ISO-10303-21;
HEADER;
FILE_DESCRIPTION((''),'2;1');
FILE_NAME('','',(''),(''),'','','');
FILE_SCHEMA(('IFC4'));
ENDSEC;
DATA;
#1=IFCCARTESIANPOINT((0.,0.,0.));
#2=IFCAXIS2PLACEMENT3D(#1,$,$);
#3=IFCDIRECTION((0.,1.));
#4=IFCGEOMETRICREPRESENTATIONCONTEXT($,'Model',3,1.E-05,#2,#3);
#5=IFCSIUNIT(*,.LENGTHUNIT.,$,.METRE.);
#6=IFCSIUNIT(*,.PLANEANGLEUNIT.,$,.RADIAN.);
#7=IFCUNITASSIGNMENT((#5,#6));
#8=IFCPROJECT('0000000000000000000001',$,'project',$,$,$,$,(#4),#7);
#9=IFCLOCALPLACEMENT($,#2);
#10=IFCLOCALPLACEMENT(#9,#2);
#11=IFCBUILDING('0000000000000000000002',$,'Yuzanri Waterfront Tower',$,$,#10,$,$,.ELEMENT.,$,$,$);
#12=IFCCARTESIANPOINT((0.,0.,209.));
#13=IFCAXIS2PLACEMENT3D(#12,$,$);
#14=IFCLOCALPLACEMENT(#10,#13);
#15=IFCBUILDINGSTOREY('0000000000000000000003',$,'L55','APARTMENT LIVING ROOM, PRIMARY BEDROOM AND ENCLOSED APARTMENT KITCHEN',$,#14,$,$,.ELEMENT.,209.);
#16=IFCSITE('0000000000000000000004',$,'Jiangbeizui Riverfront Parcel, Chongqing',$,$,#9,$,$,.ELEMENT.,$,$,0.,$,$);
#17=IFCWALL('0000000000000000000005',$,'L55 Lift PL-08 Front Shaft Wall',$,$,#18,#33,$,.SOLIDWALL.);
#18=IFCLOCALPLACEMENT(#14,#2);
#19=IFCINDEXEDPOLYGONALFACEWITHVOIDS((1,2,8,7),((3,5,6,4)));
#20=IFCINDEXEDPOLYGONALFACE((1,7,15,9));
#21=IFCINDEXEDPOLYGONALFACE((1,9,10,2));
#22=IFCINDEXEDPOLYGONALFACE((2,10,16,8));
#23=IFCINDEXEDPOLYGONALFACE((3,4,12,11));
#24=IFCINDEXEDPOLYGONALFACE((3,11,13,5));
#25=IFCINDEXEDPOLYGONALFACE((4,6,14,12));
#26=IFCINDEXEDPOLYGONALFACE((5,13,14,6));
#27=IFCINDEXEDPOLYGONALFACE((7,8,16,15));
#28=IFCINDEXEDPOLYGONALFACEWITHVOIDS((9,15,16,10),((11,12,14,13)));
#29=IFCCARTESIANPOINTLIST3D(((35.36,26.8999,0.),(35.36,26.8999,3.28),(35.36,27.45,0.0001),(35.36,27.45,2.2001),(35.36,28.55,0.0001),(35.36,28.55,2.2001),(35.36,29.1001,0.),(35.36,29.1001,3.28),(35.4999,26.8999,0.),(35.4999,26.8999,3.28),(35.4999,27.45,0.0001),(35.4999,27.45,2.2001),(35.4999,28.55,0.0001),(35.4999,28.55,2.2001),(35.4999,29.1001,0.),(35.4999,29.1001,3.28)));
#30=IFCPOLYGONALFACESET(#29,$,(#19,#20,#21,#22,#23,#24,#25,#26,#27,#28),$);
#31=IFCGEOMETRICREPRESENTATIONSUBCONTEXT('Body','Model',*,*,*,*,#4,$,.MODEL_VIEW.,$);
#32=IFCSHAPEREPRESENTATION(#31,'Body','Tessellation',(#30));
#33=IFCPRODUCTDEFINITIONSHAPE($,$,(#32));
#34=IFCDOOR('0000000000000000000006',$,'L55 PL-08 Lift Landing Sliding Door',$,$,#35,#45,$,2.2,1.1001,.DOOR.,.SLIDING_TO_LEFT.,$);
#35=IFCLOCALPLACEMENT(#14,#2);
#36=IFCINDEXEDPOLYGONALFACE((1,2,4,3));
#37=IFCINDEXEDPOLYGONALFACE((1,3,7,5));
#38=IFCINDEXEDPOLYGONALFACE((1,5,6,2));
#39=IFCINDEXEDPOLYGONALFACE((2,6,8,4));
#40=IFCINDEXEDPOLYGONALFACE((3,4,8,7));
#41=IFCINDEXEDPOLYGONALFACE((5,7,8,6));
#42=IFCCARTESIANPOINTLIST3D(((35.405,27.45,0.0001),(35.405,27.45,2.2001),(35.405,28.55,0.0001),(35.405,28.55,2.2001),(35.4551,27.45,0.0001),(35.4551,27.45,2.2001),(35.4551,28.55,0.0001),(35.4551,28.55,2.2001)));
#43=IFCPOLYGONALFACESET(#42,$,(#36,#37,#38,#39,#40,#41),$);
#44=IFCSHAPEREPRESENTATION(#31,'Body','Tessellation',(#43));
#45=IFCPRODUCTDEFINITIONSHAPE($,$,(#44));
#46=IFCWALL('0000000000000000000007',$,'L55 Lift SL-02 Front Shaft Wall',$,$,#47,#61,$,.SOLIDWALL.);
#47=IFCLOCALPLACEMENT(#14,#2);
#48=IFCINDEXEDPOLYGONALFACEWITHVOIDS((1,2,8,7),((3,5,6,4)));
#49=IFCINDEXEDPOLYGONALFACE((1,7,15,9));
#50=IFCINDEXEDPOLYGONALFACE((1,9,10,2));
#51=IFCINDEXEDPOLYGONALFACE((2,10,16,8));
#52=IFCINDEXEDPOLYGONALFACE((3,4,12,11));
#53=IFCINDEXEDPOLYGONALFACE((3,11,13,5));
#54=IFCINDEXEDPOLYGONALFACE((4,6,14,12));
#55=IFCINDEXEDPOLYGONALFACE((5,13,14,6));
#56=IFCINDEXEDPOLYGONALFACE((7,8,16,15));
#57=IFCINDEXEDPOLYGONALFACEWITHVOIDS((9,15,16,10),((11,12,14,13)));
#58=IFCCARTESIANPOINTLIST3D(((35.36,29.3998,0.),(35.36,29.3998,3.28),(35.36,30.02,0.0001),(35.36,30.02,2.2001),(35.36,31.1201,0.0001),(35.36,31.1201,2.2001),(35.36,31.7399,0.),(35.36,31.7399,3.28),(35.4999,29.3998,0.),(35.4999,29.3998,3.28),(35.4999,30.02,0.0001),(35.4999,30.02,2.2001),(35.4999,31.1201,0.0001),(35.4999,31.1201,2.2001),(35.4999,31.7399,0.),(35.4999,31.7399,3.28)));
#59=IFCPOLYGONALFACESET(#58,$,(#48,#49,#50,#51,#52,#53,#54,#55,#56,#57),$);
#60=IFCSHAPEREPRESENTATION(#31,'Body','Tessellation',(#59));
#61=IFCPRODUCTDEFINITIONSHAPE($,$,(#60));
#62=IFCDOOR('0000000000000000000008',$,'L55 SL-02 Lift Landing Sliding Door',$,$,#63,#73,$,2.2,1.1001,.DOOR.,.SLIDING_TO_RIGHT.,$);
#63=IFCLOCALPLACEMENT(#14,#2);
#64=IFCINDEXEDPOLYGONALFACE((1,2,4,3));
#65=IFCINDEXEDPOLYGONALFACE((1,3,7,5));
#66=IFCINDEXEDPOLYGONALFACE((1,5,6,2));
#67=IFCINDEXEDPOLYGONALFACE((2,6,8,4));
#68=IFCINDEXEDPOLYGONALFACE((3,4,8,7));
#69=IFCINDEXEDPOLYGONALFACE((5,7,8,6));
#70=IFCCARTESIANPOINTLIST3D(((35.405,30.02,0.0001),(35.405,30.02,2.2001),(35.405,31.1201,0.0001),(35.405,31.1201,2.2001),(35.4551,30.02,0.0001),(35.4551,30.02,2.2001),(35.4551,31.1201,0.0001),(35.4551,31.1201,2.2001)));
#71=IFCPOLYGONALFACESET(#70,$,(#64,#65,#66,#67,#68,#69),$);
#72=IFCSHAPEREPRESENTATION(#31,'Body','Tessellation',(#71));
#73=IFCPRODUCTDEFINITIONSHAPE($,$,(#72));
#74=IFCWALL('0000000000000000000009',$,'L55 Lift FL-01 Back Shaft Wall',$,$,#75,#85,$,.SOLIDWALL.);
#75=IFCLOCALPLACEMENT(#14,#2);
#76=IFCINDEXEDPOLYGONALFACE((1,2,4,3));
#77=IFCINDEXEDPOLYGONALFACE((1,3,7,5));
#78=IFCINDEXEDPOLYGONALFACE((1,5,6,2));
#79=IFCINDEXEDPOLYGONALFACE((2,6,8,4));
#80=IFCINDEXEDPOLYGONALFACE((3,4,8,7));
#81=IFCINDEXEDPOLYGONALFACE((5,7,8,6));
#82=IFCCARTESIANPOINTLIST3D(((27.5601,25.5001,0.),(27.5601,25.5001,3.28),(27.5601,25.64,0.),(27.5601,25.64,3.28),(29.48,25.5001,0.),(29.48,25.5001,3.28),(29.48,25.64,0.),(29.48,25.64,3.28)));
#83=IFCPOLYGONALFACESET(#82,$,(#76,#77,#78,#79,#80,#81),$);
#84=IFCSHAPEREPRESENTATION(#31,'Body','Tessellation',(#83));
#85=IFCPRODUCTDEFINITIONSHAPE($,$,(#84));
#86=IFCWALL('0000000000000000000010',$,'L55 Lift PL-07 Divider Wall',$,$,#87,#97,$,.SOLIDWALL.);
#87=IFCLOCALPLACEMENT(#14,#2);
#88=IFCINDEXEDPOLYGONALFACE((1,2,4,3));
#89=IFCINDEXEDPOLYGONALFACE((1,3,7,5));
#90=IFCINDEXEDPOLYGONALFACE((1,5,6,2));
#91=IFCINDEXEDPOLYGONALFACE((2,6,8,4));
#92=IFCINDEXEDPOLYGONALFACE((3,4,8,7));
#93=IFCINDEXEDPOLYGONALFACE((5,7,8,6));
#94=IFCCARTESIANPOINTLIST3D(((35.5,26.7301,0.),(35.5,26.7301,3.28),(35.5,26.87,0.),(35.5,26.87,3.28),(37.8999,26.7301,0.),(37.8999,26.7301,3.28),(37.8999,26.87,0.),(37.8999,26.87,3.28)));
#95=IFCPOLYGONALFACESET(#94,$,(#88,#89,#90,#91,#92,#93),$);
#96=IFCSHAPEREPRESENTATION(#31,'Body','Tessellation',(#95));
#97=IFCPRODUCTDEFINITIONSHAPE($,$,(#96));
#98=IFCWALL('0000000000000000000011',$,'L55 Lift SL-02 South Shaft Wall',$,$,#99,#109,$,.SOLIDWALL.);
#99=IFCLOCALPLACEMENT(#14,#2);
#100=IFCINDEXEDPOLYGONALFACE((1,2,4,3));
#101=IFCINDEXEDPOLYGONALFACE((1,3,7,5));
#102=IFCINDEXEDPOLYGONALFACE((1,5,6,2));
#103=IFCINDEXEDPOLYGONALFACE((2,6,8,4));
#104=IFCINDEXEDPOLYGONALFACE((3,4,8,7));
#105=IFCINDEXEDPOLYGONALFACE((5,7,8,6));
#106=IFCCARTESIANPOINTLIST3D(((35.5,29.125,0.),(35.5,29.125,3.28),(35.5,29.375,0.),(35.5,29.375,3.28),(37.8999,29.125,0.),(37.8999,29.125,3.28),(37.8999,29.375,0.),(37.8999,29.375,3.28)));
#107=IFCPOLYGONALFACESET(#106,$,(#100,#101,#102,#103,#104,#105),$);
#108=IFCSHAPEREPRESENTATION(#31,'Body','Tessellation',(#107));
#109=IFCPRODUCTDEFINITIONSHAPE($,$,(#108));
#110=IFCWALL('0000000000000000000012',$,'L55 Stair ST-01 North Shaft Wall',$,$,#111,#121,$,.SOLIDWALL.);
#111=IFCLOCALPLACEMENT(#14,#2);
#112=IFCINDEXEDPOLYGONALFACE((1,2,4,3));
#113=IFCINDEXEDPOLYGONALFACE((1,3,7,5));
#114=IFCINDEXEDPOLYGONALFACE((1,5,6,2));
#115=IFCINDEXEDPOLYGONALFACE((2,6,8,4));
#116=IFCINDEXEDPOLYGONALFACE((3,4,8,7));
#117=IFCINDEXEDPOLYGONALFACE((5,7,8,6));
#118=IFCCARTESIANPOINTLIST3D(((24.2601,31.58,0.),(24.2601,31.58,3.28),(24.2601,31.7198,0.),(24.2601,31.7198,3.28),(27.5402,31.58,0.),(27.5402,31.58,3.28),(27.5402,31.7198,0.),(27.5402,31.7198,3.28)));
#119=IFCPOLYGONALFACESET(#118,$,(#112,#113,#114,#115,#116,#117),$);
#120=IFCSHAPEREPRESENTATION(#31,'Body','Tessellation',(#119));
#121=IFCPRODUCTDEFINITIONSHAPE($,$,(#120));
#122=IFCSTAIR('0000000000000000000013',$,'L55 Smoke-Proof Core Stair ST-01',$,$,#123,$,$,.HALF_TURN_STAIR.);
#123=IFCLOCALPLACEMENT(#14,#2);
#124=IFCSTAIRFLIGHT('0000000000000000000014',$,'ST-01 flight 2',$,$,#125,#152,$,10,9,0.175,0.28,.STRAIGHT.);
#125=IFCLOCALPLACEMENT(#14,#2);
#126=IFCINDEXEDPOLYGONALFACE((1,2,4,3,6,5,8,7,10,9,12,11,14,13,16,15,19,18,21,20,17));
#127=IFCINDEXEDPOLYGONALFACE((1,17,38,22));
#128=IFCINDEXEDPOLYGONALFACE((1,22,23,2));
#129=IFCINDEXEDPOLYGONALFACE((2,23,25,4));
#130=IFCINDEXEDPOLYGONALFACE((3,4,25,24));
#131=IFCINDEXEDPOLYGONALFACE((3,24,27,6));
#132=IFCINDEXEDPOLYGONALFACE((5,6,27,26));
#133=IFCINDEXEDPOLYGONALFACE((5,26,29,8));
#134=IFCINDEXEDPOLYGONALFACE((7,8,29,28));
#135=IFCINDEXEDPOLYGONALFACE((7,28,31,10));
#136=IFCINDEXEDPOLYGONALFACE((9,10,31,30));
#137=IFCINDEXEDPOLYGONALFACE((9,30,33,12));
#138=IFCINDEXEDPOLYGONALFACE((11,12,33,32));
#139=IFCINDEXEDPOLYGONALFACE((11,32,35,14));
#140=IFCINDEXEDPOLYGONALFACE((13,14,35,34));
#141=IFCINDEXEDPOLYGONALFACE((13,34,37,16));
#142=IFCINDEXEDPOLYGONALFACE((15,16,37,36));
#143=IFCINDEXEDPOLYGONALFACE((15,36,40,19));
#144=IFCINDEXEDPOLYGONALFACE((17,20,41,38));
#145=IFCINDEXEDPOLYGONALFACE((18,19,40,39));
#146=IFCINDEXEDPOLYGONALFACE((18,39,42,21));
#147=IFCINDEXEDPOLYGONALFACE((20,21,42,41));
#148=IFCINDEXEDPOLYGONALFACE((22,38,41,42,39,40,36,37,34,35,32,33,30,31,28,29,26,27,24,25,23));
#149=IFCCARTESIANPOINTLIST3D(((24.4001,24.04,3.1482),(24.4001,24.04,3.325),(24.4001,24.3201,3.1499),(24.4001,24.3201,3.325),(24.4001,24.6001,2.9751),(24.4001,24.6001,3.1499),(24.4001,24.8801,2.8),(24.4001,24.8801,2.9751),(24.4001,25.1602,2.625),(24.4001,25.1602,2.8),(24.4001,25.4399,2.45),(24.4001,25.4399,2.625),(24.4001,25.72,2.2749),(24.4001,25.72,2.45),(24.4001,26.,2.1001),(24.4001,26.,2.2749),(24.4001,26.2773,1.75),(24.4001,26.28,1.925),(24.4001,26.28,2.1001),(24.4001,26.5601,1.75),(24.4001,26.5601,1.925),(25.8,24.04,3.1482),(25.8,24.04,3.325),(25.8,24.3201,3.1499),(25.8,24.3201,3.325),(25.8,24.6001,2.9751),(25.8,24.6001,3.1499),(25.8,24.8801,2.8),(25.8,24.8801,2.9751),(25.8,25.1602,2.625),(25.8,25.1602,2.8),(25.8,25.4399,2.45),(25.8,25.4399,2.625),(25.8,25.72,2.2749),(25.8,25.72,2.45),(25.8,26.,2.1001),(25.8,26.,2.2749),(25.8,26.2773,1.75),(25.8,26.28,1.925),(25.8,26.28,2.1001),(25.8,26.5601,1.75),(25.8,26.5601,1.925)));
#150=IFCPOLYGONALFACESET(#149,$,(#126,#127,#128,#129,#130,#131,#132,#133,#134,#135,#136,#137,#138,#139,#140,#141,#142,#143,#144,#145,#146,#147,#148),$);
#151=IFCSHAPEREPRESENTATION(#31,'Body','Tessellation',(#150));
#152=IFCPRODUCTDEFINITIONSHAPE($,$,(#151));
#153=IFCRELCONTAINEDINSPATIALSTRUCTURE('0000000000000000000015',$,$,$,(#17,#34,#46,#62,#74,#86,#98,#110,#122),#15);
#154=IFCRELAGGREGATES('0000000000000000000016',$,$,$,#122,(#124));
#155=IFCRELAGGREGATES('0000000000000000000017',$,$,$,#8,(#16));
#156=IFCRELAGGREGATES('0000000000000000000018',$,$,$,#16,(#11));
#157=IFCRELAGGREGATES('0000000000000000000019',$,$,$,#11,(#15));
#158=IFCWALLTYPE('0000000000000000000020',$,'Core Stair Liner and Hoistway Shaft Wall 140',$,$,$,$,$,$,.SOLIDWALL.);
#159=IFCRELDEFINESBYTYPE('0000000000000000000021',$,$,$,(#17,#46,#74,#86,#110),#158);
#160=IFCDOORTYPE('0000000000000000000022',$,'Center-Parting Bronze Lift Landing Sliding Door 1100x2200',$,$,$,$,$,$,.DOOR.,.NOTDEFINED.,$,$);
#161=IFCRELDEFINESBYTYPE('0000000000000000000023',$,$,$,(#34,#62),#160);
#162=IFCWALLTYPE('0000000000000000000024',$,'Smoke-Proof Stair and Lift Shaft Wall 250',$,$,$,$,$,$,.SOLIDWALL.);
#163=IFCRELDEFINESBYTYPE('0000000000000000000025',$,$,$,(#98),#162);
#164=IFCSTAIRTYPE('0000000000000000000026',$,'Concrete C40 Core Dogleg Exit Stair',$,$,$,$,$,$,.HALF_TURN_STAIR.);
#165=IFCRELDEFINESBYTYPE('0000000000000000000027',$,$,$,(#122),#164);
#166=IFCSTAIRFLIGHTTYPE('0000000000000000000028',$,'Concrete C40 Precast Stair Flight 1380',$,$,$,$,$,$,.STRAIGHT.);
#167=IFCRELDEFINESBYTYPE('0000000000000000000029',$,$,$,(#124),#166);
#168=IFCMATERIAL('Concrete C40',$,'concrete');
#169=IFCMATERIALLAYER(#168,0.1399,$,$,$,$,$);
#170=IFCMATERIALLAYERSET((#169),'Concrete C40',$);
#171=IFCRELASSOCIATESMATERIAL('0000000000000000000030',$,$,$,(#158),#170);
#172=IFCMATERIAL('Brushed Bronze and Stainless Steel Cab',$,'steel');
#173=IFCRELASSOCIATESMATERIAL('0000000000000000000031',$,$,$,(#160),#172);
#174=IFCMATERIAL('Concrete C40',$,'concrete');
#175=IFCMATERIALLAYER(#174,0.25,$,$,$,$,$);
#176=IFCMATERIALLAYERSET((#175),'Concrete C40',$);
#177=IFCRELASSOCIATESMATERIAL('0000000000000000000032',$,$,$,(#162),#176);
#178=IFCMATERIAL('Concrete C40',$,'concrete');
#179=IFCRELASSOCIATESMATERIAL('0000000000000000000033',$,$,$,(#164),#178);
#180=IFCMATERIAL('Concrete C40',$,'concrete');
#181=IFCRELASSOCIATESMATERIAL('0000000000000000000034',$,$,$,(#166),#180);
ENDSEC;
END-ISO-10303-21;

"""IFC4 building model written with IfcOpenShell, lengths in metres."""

from ifc_helpers import new_model, si_unit, direction, frame, frame_2d, origin, place, context, subcontext, project, spatial, polyline, rectangle, outline, extrude, source, transform, mapped, material, layer, layer_set, type_object, element, fill, aggregate, save


model = new_model("IFC4")

# Units and contexts
model_context = context("Model", 3, precision=1e-05, world=origin(), true_north=direction((0.0, 1.0)))
body_context = subcontext(model_context, "Body", "Model", "MODEL_VIEW")
ifc_project = project(units=[si_unit("LENGTHUNIT", "METRE"), si_unit("PLANEANGLEUNIT", "RADIAN")], contexts=[model_context])

# Site, building, storey
site_placement = place(None, origin())
site = spatial("IfcSite", under=ifc_project, at=site_placement, Name="Jiangbeizui Riverfront Parcel, Chongqing", CompositionType="ELEMENT", RefElevation=0.0)
building_placement = place(site_placement, origin())
building = spatial("IfcBuilding", under=site, at=building_placement, Name="Yuzanri Waterfront Tower", CompositionType="ELEMENT")
storey_placement = place(building_placement, frame((0.0, 0.0, 209.0)))
storey = spatial("IfcBuildingStorey", under=building, at=storey_placement, Name="L55", Description="APARTMENT LIVING ROOM, PRIMARY BEDROOM AND ENCLOSED APARTMENT KITCHEN", CompositionType="ELEMENT", Elevation=209.0)

# Walls, openings, doors
ifc_material_1 = material(Name="Concrete C40", Category="concrete")
ifc_layer_1 = layer(ifc_material_1, 0.1399)
ifc_layer_set_1 = layer_set([ifc_layer_1], Name="Concrete C40")
wall_type_1 = type_object("IfcWallType", Name="Core Stair Liner and Hoistway Shaft Wall 140", PredefinedType="SOLIDWALL", material=ifc_layer_set_1)
wall_1_placement = place(storey_placement, frame((35.4299, 26.8999, 0.0), z_axis=(0.0, 0.0, 1.0), x_axis=(0.0, 1.0, 0.0)))
wall_1 = element("IfcWall", 1, at=wall_1_placement, inside=storey, type_object=wall_type_1, Name="L55 Lift PL-08 Front Shaft Wall", PredefinedType="SOLIDWALL", context=body_context, shape_type="SweptSolid", body=[
    extrude(rectangle(XDim=2.2002, YDim=0.1399, at=frame_2d((1.1001, 0.0))), origin(), (0.0, 0.0, 1.0), 3.28),
])
opening_1_placement = place(wall_1_placement, frame((0.55, 0.0, 0.0)))
opening_1 = element("IfcOpeningElement", 2, at=opening_1_placement, cuts=wall_1, PredefinedType="OPENING", context=body_context, shape_type="SweptSolid", body=[
    extrude(rectangle(XDim=1.1001, YDim=2.2, at=frame_2d((0.55, 1.1001))), frame((0.0, 0.085, 0.0), z_axis=(0.0, -1.0, 0.0), x_axis=(1.0, 0.0, 0.0)), (0.0, 0.0, 1.0), 0.1697),
])
ifc_material_2 = material(Name="Brushed Bronze and Stainless Steel Cab", Category="steel")
door_type_1 = type_object("IfcDoorType", Name="Center-Parting Bronze Lift Landing Sliding Door 1100x2200", OperationType="NOTDEFINED", PredefinedType="DOOR", material=ifc_material_2)
shared_shape_1 = source(origin(), body_context, "Body", "SweptSolid", [
    extrude(rectangle(XDim=1.1001, YDim=2.2, at=frame_2d((0.55, 1.1001))), frame((0.0, 0.0249, 0.0), z_axis=(0.0, -1.0, 0.0), x_axis=(1.0, 0.0, 0.0)), (0.0, 0.0, 1.0), 0.05),
])
door_1_placement = place(opening_1_placement, origin())
door_1 = element("IfcDoor", 3, at=door_1_placement, inside=storey, type_object=door_type_1, Name="L55 PL-08 Lift Landing Sliding Door", OperationType="SLIDING_TO_LEFT", OverallHeight=2.2, OverallWidth=1.1001, PredefinedType="DOOR", context=body_context, shape_type="MappedRepresentation", body=[
    mapped(shared_shape_1, transform((0.0, 0.0, 0.0), scale=1.0)),
])
fill(opening_1, door_1)
wall_2_placement = place(storey_placement, frame((35.4299, 29.3999, 0.0), z_axis=(0.0, 0.0, 1.0), x_axis=(0.0, 1.0, 0.0)))
wall_2 = element("IfcWall", 4, at=wall_2_placement, inside=storey, type_object=wall_type_1, Name="L55 Lift SL-02 Front Shaft Wall", PredefinedType="SOLIDWALL", context=body_context, shape_type="SweptSolid", body=[
    extrude(rectangle(XDim=2.3401, YDim=0.1399, at=frame_2d((1.1699, 0.0))), origin(), (0.0, 0.0, 1.0), 3.28),
])
opening_2_placement = place(wall_2_placement, frame((0.6201, 0.0, 0.0)))
opening_2 = element("IfcOpeningElement", 5, at=opening_2_placement, cuts=wall_2, PredefinedType="OPENING", context=body_context, shape_type="SweptSolid", body=[
    extrude(rectangle(XDim=1.1001, YDim=2.2, at=frame_2d((0.55, 1.1001))), frame((0.0, 0.085, 0.0), z_axis=(0.0, -1.0, 0.0), x_axis=(1.0, 0.0, 0.0)), (0.0, 0.0, 1.0), 0.1697),
])
door_2_placement = place(opening_2_placement, origin())
door_2 = element("IfcDoor", 6, at=door_2_placement, inside=storey, type_object=door_type_1, Name="L55 SL-02 Lift Landing Sliding Door", OperationType="SLIDING_TO_RIGHT", OverallHeight=2.2, OverallWidth=1.1001, PredefinedType="DOOR", context=body_context, shape_type="MappedRepresentation", body=[
    mapped(shared_shape_1, transform((0.0, 0.0, 0.0), scale=1.0)),
])
fill(opening_2, door_2)

# Walls
shared_shape_2 = source(origin(), body_context, "Body", "SweptSolid", [
    extrude(rectangle(XDim=1.9199, YDim=0.1399, at=frame_2d((0.96, 0.0))), origin(), (0.0, 0.0, 1.0), 3.28),
])
wall_3_placement = place(storey_placement, frame((27.5601, 25.5701, 0.0), z_axis=(0.0, 0.0, 1.0), x_axis=(1.0, 0.0, 0.0)))
element("IfcWall", 7, at=wall_3_placement, inside=storey, type_object=wall_type_1, Name="L55 Lift FL-01 Back Shaft Wall", PredefinedType="SOLIDWALL", context=body_context, shape_type="MappedRepresentation", body=[
    mapped(shared_shape_2, transform((0.0, 0.0, 0.0), scale=1.0)),
])
shared_shape_3 = source(origin(), body_context, "Body", "SweptSolid", [
    extrude(rectangle(XDim=2.3999, YDim=0.1399, at=frame_2d((1.2, 0.0))), origin(), (0.0, 0.0, 1.0), 3.28),
])
wall_4_placement = place(storey_placement, frame((35.5, 26.8, 0.0), z_axis=(0.0, 0.0, 1.0), x_axis=(1.0, 0.0, 0.0)))
element("IfcWall", 8, at=wall_4_placement, inside=storey, type_object=wall_type_1, Name="L55 Lift PL-07 Divider Wall", PredefinedType="SOLIDWALL", context=body_context, shape_type="MappedRepresentation", body=[
    mapped(shared_shape_3, transform((0.0, 0.0, 0.0), scale=1.0)),
])
ifc_material_3 = material(Name="Concrete C40", Category="concrete")
ifc_layer_2 = layer(ifc_material_3, 0.25)
ifc_layer_set_2 = layer_set([ifc_layer_2], Name="Concrete C40")
wall_type_2 = type_object("IfcWallType", Name="Smoke-Proof Stair and Lift Shaft Wall 250", PredefinedType="SOLIDWALL", material=ifc_layer_set_2)
shared_shape_4 = source(origin(), body_context, "Body", "SweptSolid", [
    extrude(rectangle(XDim=2.3999, YDim=0.25, at=frame_2d((1.2, 0.0))), origin(), (0.0, 0.0, 1.0), 3.28),
])
wall_5_placement = place(storey_placement, frame((35.5, 29.25, 0.0), z_axis=(0.0, 0.0, 1.0), x_axis=(1.0, 0.0, 0.0)))
element("IfcWall", 9, at=wall_5_placement, inside=storey, type_object=wall_type_2, Name="L55 Lift SL-02 South Shaft Wall", PredefinedType="SOLIDWALL", context=body_context, shape_type="MappedRepresentation", body=[
    mapped(shared_shape_4, transform((0.0, 0.0, 0.0), scale=1.0)),
])
shared_shape_5 = source(origin(), body_context, "Body", "SweptSolid", [
    extrude(rectangle(XDim=3.28, YDim=0.1399, at=frame_2d((1.6401, 0.0))), origin(), (0.0, 0.0, 1.0), 3.28),
])
wall_6_placement = place(storey_placement, frame((24.26, 31.6499, 0.0), z_axis=(0.0, 0.0, 1.0), x_axis=(1.0, 0.0, 0.0)))
element("IfcWall", 10, at=wall_6_placement, inside=storey, type_object=wall_type_1, Name="L55 Stair ST-01 North Shaft Wall", PredefinedType="SOLIDWALL", context=body_context, shape_type="MappedRepresentation", body=[
    mapped(shared_shape_5, transform((0.0, 0.0, 0.0), scale=1.0)),
])

# Stair, stair flight
ifc_material_4 = material(Name="Concrete C40", Category="concrete")
stair_type = type_object("IfcStairType", Name="Concrete C40 Core Dogleg Exit Stair", PredefinedType="HALF_TURN_STAIR", material=ifc_material_4)
stair_placement = place(storey_placement, origin())
stair = element("IfcStair", 11, at=stair_placement, inside=storey, type_object=stair_type, Name="L55 Smoke-Proof Core Stair ST-01", PredefinedType="HALF_TURN_STAIR")
ifc_material_5 = material(Name="Concrete C40", Category="concrete")
stair_flight_type = type_object("IfcStairFlightType", Name="Concrete C40 Precast Stair Flight 1380", PredefinedType="STRAIGHT", material=ifc_material_5)
shared_shape_6 = source(origin(), body_context, "Body", "SweptSolid", [
    extrude(outline(polyline([(0.0, 0.0), (0.0, 0.175), (0.28, 0.175), (0.28, 0.3501), (0.5601, 0.3501), (0.5601, 0.5249), (0.8401, 0.5249), (0.8401, 0.7), (1.1201, 0.7), (1.1201, 0.875), (1.3999, 0.875), (1.3999, 1.05), (1.6799, 1.05), (1.6799, 1.2251), (1.96, 1.2251), (1.96, 1.3999), (2.24, 1.3999), (2.24, 1.575), (2.52, 1.575), (2.52, 1.75), (2.52, 1.3982), (0.2827, 0.0), (0.0, 0.0)])), frame((0.0, 0.7, 0.0), z_axis=(0.0, -1.0, 0.0), x_axis=(1.0, 0.0, 0.0)), (0.0, 0.0, 1.0), 1.3999),
])
stair_flight_placement = place(storey_placement, frame((25.1001, 26.5601, 1.75), z_axis=(0.0, 0.0, 1.0), x_axis=(0.0, -1.0, 0.0)))
stair_flight = element("IfcStairFlight", 12, at=stair_flight_placement, type_object=stair_flight_type, Name="ST-01 flight 2", NumberOfRisers=10, NumberOfTreads=9, PredefinedType="STRAIGHT", RiserHeight=0.175, TreadLength=0.28, context=body_context, shape_type="MappedRepresentation", body=[
    mapped(shared_shape_6, transform((0.0, 0.0, 0.0), scale=1.0)),
])
aggregate(stair, [stair_flight])

save(model, "model.ifc")
